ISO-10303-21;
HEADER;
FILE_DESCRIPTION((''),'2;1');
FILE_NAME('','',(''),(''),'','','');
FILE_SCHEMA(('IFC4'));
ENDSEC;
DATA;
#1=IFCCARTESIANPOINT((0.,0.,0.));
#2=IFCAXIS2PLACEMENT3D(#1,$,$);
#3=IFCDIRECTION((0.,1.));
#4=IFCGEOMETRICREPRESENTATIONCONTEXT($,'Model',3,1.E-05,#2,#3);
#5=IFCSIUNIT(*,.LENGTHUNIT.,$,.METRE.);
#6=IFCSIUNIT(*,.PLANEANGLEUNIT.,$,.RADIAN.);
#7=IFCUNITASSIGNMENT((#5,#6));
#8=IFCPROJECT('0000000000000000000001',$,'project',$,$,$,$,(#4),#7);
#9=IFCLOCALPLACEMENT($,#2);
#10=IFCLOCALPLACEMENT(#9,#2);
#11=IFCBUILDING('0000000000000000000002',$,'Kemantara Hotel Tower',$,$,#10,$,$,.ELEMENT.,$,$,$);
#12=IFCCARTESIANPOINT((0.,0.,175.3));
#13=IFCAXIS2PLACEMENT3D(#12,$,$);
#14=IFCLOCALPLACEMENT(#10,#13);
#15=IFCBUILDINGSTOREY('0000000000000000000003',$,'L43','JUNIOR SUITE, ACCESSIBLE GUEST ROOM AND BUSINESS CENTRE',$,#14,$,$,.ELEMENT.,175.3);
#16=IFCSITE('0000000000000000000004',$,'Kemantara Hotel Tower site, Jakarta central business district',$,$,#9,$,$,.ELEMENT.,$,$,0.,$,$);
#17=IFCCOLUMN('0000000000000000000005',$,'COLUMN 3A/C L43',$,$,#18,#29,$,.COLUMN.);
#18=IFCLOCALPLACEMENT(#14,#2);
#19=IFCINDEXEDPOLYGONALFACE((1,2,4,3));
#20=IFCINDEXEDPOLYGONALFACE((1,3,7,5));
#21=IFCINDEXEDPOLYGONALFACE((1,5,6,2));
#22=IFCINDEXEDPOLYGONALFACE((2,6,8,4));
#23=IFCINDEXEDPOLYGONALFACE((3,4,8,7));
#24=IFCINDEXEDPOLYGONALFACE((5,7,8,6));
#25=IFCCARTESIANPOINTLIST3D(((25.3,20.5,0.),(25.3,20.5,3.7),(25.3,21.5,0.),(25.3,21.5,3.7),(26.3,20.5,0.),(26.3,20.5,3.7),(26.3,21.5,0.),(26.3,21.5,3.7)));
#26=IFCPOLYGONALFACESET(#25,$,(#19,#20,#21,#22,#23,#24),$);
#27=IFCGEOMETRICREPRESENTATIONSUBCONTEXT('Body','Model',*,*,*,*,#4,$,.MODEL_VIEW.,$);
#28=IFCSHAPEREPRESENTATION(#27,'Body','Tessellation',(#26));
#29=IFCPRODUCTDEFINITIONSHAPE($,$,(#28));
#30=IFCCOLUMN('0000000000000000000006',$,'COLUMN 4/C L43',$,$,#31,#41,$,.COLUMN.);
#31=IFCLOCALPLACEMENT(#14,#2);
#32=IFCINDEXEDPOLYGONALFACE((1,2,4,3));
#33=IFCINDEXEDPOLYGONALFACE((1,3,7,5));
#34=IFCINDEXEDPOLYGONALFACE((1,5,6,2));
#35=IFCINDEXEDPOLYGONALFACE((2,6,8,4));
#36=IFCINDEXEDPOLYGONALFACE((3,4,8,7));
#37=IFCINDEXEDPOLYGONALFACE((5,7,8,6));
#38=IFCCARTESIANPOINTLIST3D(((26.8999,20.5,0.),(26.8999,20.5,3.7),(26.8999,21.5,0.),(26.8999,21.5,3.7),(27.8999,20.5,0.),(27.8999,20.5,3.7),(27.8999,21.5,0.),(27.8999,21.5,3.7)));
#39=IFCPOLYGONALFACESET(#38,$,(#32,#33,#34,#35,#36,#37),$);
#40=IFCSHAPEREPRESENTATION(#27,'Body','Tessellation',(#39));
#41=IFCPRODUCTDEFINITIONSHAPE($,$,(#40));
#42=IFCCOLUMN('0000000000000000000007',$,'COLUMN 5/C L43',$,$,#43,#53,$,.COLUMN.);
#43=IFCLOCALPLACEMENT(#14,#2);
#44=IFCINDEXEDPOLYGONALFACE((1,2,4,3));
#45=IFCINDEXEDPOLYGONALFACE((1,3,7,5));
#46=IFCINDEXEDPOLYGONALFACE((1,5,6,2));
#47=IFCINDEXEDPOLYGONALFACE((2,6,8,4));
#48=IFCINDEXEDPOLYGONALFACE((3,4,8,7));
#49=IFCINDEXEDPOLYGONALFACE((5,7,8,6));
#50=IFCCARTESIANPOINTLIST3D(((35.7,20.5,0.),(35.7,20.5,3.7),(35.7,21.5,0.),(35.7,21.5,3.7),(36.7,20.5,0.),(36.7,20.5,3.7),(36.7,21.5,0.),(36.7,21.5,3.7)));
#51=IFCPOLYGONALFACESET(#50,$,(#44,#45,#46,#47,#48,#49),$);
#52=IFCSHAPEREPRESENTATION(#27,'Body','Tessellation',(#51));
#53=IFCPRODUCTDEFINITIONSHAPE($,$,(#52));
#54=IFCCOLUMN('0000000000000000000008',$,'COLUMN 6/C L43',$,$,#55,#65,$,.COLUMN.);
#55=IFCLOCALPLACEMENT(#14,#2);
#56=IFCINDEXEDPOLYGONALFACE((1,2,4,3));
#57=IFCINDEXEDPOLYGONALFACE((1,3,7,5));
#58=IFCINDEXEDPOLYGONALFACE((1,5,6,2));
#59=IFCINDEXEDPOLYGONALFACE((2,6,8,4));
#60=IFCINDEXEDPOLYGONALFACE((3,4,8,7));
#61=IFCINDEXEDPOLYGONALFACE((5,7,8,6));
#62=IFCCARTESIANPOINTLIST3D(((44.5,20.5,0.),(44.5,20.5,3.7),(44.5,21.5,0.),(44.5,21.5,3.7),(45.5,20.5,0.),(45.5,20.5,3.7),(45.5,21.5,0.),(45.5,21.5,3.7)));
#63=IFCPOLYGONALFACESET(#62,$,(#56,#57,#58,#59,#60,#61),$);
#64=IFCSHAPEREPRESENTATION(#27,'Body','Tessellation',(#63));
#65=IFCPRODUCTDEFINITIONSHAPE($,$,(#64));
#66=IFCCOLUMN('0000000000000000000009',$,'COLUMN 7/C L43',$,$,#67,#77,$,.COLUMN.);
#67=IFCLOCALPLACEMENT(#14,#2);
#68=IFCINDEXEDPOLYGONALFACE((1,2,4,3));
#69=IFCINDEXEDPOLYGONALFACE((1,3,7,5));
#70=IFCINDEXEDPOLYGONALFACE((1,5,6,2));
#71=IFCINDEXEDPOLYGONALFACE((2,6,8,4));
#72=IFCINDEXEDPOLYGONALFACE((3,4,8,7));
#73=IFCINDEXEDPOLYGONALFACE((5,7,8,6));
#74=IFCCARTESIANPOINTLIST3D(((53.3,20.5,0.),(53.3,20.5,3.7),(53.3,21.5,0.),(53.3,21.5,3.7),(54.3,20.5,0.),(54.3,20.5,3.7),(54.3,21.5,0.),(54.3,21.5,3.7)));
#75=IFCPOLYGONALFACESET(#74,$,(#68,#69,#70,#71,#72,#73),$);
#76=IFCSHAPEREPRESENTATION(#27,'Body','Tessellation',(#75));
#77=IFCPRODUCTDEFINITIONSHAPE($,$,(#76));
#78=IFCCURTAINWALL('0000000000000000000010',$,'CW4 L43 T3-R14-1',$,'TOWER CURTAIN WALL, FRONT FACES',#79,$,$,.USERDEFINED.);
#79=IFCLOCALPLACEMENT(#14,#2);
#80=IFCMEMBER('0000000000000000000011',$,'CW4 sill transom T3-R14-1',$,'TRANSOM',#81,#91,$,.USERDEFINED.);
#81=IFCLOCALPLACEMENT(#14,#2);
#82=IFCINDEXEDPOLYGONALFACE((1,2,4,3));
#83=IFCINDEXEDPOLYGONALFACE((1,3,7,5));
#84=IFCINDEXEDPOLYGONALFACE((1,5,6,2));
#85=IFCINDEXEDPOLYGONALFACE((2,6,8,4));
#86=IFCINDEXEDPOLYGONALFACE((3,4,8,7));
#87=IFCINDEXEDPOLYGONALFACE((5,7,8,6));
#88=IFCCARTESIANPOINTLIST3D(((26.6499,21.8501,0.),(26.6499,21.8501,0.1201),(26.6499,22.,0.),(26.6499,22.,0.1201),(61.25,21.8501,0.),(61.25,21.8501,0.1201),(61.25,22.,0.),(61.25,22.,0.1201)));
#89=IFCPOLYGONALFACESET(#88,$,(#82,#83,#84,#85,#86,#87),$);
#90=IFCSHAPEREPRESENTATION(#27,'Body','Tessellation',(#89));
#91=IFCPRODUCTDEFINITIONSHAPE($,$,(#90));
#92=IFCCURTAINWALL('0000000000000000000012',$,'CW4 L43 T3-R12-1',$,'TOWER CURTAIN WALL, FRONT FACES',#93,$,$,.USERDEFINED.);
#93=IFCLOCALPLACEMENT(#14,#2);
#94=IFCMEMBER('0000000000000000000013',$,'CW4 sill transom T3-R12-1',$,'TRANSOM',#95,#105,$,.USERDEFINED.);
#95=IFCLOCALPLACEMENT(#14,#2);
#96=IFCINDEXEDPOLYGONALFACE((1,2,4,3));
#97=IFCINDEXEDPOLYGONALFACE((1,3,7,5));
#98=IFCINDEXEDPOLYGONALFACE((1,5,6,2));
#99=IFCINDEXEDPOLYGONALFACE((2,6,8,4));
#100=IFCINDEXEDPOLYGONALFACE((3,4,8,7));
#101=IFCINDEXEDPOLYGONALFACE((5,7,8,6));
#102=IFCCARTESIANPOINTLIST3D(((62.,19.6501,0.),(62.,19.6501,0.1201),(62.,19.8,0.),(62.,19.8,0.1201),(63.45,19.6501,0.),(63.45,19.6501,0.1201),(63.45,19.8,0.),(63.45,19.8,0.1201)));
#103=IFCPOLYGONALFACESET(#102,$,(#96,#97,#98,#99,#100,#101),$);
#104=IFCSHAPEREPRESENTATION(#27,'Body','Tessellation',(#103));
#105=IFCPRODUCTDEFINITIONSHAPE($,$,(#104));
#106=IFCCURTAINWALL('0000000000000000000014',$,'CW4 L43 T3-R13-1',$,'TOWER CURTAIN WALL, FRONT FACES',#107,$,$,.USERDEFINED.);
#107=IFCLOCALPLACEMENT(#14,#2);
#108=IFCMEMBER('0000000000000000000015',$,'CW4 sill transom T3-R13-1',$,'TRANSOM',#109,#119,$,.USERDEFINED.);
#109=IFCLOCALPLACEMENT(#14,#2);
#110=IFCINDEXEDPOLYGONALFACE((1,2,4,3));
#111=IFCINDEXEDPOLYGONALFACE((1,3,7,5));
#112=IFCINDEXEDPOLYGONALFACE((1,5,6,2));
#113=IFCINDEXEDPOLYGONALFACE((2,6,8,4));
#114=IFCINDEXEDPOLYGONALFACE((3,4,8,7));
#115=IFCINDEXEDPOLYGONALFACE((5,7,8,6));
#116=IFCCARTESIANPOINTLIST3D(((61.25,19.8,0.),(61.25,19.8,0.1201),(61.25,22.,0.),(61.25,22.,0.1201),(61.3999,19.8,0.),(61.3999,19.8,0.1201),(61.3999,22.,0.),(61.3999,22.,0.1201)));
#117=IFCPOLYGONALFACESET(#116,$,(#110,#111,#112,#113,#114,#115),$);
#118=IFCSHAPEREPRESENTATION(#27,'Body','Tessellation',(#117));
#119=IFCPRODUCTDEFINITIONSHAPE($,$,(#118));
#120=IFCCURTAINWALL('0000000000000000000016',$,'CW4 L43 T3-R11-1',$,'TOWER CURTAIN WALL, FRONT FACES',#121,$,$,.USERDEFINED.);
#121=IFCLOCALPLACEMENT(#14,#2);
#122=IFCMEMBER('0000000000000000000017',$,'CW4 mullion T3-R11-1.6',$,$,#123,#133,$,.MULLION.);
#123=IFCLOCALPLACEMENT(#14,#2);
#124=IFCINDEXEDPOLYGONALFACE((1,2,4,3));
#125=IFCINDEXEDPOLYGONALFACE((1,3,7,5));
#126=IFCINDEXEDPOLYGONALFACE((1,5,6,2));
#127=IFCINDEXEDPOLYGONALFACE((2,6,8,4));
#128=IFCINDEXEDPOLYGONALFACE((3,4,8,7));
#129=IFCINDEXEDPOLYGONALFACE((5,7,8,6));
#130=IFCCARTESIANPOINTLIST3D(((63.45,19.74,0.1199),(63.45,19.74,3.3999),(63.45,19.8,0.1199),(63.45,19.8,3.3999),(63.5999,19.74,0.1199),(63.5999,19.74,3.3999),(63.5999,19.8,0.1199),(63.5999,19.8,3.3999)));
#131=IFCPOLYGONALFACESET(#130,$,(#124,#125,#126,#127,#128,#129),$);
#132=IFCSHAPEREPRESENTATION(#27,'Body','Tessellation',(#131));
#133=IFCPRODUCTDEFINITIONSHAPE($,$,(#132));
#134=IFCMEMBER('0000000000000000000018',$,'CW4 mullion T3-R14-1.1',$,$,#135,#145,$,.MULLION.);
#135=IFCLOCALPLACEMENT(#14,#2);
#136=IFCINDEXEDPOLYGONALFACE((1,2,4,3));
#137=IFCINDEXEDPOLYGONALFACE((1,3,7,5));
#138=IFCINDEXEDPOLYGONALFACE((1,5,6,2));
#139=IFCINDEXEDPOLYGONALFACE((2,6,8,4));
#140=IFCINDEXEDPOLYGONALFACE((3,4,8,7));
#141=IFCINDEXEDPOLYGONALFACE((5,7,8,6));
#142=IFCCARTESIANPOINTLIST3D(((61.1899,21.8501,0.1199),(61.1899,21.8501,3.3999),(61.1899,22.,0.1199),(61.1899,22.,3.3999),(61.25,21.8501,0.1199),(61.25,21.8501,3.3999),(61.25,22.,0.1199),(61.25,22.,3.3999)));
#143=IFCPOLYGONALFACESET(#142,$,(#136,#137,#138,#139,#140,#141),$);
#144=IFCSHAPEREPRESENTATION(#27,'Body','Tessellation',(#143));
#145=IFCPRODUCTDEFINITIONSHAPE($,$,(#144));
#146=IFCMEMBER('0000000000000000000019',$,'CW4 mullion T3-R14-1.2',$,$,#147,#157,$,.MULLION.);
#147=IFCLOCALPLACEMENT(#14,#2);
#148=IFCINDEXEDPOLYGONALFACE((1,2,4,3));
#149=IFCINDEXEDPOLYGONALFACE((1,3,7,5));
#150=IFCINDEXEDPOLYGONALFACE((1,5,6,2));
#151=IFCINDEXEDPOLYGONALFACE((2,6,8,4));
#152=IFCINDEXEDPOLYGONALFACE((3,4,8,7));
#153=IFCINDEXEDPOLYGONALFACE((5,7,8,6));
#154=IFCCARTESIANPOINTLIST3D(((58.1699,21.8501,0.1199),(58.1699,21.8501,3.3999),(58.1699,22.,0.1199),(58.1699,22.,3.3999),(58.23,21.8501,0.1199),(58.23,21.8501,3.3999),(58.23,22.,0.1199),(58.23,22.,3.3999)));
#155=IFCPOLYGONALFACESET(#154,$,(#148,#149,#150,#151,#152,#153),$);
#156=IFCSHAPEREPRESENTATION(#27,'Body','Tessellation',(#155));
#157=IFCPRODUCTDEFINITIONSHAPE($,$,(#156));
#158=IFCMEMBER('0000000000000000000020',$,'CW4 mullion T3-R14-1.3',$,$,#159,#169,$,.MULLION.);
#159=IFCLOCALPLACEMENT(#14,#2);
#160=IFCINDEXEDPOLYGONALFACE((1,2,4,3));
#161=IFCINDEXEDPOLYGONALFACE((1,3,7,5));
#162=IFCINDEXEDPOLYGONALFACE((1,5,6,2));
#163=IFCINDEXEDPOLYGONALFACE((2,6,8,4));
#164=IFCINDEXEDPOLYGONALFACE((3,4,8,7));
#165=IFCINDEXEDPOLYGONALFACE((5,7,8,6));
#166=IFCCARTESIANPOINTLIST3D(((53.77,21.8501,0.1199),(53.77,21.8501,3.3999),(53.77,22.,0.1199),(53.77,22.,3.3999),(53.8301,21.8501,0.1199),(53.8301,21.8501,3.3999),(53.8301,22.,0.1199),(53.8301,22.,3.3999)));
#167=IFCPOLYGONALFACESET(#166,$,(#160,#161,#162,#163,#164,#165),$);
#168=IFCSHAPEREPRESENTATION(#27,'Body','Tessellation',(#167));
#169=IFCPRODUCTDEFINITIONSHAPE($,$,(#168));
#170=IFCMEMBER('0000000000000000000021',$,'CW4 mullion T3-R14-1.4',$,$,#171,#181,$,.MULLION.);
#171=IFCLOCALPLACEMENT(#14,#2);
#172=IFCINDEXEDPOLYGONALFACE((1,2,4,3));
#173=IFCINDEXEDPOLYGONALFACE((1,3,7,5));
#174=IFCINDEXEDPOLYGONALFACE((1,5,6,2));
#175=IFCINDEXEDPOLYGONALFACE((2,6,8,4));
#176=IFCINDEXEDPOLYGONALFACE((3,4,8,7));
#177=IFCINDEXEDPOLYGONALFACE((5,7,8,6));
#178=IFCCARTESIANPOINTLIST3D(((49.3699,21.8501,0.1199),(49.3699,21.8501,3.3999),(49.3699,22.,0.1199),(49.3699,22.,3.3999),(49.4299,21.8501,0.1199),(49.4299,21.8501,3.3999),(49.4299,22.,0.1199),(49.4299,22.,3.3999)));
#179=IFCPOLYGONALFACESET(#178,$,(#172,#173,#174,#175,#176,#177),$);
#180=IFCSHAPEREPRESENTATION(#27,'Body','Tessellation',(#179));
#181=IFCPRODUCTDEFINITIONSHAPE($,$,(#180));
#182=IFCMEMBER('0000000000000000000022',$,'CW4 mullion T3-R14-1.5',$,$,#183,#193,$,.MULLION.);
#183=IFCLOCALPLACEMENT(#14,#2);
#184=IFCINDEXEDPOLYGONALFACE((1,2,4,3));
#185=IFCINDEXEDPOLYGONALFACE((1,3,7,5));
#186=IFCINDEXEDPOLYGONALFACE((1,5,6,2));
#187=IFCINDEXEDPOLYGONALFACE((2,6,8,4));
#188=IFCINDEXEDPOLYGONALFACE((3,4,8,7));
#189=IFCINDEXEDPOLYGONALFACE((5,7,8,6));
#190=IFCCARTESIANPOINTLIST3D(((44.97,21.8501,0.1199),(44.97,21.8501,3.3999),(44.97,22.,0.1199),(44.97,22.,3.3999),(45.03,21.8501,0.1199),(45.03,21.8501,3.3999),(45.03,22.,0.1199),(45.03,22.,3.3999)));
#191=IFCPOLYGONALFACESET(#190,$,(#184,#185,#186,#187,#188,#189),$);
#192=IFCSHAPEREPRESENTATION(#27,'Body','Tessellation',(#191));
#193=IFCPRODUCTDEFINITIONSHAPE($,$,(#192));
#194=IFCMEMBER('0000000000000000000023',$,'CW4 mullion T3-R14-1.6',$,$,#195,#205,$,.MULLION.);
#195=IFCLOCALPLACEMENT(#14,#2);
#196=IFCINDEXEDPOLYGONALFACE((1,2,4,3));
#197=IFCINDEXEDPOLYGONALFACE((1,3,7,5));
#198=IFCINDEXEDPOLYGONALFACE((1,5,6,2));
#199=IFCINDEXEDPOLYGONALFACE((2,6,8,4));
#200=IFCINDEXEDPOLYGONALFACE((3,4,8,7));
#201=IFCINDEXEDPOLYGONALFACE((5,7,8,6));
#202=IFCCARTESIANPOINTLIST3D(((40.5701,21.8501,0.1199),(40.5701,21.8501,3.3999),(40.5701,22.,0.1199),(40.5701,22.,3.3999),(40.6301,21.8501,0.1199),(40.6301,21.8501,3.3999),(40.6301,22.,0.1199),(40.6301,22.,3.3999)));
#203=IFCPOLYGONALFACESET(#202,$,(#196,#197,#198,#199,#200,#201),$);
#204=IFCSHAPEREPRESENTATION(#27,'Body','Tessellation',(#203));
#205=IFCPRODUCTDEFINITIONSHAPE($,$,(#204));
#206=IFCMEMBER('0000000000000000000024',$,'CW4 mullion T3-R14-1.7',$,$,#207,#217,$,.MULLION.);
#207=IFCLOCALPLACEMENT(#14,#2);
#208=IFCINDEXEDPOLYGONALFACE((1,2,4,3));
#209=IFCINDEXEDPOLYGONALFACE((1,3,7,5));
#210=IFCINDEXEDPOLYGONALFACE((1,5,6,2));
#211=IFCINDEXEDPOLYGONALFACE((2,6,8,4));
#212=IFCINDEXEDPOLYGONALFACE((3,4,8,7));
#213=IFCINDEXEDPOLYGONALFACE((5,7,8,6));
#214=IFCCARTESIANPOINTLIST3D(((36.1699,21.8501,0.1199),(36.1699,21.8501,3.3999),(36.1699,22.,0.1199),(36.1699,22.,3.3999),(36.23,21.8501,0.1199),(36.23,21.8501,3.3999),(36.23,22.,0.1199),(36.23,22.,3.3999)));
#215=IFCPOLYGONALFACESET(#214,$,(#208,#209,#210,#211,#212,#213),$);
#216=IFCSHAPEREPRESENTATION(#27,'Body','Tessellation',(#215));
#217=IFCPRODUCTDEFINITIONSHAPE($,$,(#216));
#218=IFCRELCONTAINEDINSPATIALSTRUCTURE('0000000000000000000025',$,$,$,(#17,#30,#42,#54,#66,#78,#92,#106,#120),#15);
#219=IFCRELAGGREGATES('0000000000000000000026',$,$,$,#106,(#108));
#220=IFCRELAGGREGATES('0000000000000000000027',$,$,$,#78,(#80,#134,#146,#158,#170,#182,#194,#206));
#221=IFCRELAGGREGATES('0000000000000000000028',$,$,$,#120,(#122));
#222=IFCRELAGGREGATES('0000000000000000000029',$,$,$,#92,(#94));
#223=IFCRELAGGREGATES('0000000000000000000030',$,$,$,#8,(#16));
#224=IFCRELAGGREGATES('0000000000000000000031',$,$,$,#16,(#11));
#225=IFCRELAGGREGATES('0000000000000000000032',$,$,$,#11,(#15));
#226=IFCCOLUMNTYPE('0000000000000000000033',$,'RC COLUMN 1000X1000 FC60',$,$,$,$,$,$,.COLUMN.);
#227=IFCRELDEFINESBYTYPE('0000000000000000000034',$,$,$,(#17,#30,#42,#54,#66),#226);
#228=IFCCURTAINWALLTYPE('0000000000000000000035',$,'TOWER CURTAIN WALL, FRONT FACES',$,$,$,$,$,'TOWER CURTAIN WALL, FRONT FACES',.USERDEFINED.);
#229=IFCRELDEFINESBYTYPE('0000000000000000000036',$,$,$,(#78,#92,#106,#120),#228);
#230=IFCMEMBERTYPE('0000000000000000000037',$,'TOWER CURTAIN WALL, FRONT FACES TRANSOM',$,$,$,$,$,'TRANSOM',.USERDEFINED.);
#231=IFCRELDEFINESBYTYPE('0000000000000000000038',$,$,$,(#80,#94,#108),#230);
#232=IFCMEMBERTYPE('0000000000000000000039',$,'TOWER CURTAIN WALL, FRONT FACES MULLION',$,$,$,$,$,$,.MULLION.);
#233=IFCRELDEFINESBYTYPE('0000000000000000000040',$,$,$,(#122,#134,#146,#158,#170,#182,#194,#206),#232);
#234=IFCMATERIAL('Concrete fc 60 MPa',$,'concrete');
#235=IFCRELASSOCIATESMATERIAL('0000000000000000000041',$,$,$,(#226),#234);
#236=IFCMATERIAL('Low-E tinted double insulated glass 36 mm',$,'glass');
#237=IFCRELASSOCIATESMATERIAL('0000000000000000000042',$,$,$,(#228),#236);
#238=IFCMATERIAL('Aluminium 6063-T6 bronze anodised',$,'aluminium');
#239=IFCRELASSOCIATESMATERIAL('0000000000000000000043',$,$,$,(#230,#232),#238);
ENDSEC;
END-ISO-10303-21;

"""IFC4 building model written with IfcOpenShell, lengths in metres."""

from ifc_helpers import new_model, si_unit, direction, frame, origin, origin_2d, place, context, subcontext, project, spatial, rectangle, extrude, source, transform, mapped, material, material_profile, profile_set, type_object, element, aggregate, save


model = new_model("IFC4")

# Units and contexts
model_context = context("Model", 3, precision=1e-05, world=origin(), true_north=direction((0.0, 1.0)))
body_context = subcontext(model_context, "Body", "Model", "MODEL_VIEW")
ifc_project = project(units=[si_unit("LENGTHUNIT", "METRE"), si_unit("PLANEANGLEUNIT", "RADIAN")], contexts=[model_context])

# Site, building, storey
site_placement = place(None, origin())
site = spatial("IfcSite", under=ifc_project, at=site_placement, Name="Kemantara Hotel Tower site, Jakarta central business district", CompositionType="ELEMENT", RefElevation=0.0)
building_placement = place(site_placement, origin())
building = spatial("IfcBuilding", under=site, at=building_placement, Name="Kemantara Hotel Tower", CompositionType="ELEMENT")
storey_placement = place(building_placement, frame((0.0, 0.0, 175.3)))
storey = spatial("IfcBuildingStorey", under=building, at=storey_placement, Name="L43", Description="JUNIOR SUITE, ACCESSIBLE GUEST ROOM AND BUSINESS CENTRE", CompositionType="ELEMENT", Elevation=175.3)

# Columns
ifc_material_1 = material(Name="Concrete fc 60 MPa", Category="concrete")
ifc_material_profile_1 = material_profile(ifc_material_1, rectangle(XDim=1.0, YDim=1.0, at=origin_2d()), Name="RC 1000X1000")
ifc_profile_set_1 = profile_set([ifc_material_profile_1], Name="Concrete fc 60 MPa")
column_type = type_object("IfcColumnType", Name="RC COLUMN 1000X1000 FC60", PredefinedType="COLUMN", material=ifc_profile_set_1)
for number, where, z_axis, x_axis, name in (
    (1, (25.8, 21.0, 0.0), (0.0, 0.0, 1.0), (1.0, 0.0, 0.0), "COLUMN 3A/C L43"),
    (2, (27.3999, 21.0, 0.0), (0.0, 0.0, 1.0), (1.0, 0.0, 0.0), "COLUMN 4/C L43"),
    (3, (36.2, 21.0, 0.0), (0.0, 0.0, 1.0), (1.0, 0.0, 0.0), "COLUMN 5/C L43"),
    (4, (45.0, 21.0, 0.0), (0.0, 0.0, 1.0), (1.0, 0.0, 0.0), "COLUMN 6/C L43"),
    (5, (53.8, 21.0, 0.0), (0.0, 0.0, 1.0), (1.0, 0.0, 0.0), "COLUMN 7/C L43"),
):
    element("IfcColumn", number, at=place(storey_placement, frame(where, z_axis=z_axis, x_axis=x_axis)), inside=storey, type_object=column_type, Name=name, PredefinedType="COLUMN", context=body_context, shape_type="SweptSolid", body=[
        extrude(rectangle(XDim=1.0, YDim=1.0, at=origin_2d()), origin(), (0.0, 0.0, 1.0), 3.7),
    ])

# Curtain walls, members
ifc_material_2 = material(Name="Low-E tinted double insulated glass 36 mm", Category="glass")
curtain_wall_type = type_object("IfcCurtainWallType", Name="TOWER CURTAIN WALL, FRONT FACES", ElementType="TOWER CURTAIN WALL, FRONT FACES", PredefinedType="USERDEFINED", material=ifc_material_2)
curtain_wall_1_placement = place(storey_placement, origin())
curtain_wall_1 = element("IfcCurtainWall", 6, at=curtain_wall_1_placement, inside=storey, type_object=curtain_wall_type, Name="CW4 L43 T3-R14-1", ObjectType="TOWER CURTAIN WALL, FRONT FACES", PredefinedType="USERDEFINED")
ifc_material_3 = material(Name="Aluminium 6063-T6 bronze anodised", Category="aluminium")
ifc_material_profile_2 = material_profile(ifc_material_3, rectangle(XDim=0.1499, YDim=0.1201, at=origin_2d()), Name="TOWER CURTAIN WALL, FRONT FACES TRANSOM")
ifc_profile_set_2 = profile_set([ifc_material_profile_2], Name="Aluminium 6063-T6 bronze anodised")
member_type_1 = type_object("IfcMemberType", Name="TOWER CURTAIN WALL, FRONT FACES TRANSOM", ElementType="TRANSOM", PredefinedType="USERDEFINED", material=ifc_profile_set_2)
member_1_placement = place(storey_placement, frame((61.25, 21.925, 0.0601), z_axis=(-1.0, 0.0, 0.0), x_axis=(0.0, -1.0, 0.0)))
member_1 = element("IfcMember", 7, at=member_1_placement, type_object=member_type_1, Name="CW4 sill transom T3-R14-1", ObjectType="TRANSOM", PredefinedType="USERDEFINED", context=body_context, shape_type="SweptSolid", body=[
    extrude(rectangle(XDim=0.1499, YDim=0.1201, at=origin_2d()), origin(), (0.0, 0.0, 1.0), 34.6001),
])
curtain_wall_2_placement = place(storey_placement, origin())
curtain_wall_2 = element("IfcCurtainWall", 8, at=curtain_wall_2_placement, inside=storey, type_object=curtain_wall_type, Name="CW4 L43 T3-R12-1", ObjectType="TOWER CURTAIN WALL, FRONT FACES", PredefinedType="USERDEFINED")
member_2_placement = place(storey_placement, frame((63.45, 19.7251, 0.0601), z_axis=(-1.0, 0.0, 0.0), x_axis=(0.0, -1.0, 0.0)))
member_2 = element("IfcMember", 9, at=member_2_placement, type_object=member_type_1, Name="CW4 sill transom T3-R12-1", ObjectType="TRANSOM", PredefinedType="USERDEFINED", context=body_context, shape_type="SweptSolid", body=[
    extrude(rectangle(XDim=0.1499, YDim=0.1201, at=origin_2d()), origin(), (0.0, 0.0, 1.0), 1.45),
])
curtain_wall_3_placement = place(storey_placement, origin())
curtain_wall_3 = element("IfcCurtainWall", 10, at=curtain_wall_3_placement, inside=storey, type_object=curtain_wall_type, Name="CW4 L43 T3-R13-1", ObjectType="TOWER CURTAIN WALL, FRONT FACES", PredefinedType="USERDEFINED")
member_3_placement = place(storey_placement, frame((61.325, 19.8, 0.0601), z_axis=(0.0, 1.0, 0.0), x_axis=(-1.0, 0.0, 0.0)))
member_3 = element("IfcMember", 11, at=member_3_placement, type_object=member_type_1, Name="CW4 sill transom T3-R13-1", ObjectType="TRANSOM", PredefinedType="USERDEFINED", context=body_context, shape_type="SweptSolid", body=[
    extrude(rectangle(XDim=0.1499, YDim=0.1201, at=origin_2d()), origin(), (0.0, 0.0, 1.0), 2.2),
])
curtain_wall_4_placement = place(storey_placement, origin())
curtain_wall_4 = element("IfcCurtainWall", 12, at=curtain_wall_4_placement, inside=storey, type_object=curtain_wall_type, Name="CW4 L43 T3-R11-1", ObjectType="TOWER CURTAIN WALL, FRONT FACES", PredefinedType="USERDEFINED")
ifc_material_profile_3 = material_profile(ifc_material_3, rectangle(XDim=0.1499, YDim=0.0601, at=origin_2d()), Name="TOWER CURTAIN WALL, FRONT FACES MULLION")
ifc_profile_set_3 = profile_set([ifc_material_profile_3], Name="Aluminium 6063-T6 bronze anodised")
member_type_2 = type_object("IfcMemberType", Name="TOWER CURTAIN WALL, FRONT FACES MULLION", PredefinedType="MULLION", material=ifc_profile_set_3)
shared_shape_1 = source(origin(), body_context, "Body", "SweptSolid", [
    extrude(rectangle(XDim=0.1499, YDim=0.0601, at=origin_2d()), origin(), (0.0, 0.0, 1.0), 3.28),
])
member_4_placement = place(storey_placement, frame((63.5249, 19.77, 0.1199), z_axis=(0.0, 0.0, 1.0), x_axis=(-1.0, 0.0, 0.0)))
member_4 = element("IfcMember", 13, at=member_4_placement, type_object=member_type_2, Name="CW4 mullion T3-R11-1.6", PredefinedType="MULLION", context=body_context, shape_type="MappedRepresentation", body=[
    mapped(shared_shape_1, transform((0.0, 0.0, 0.0))),
])

# Members
member_5_placement = place(storey_placement, frame((61.22, 21.925, 0.1199), z_axis=(0.0, 0.0, 1.0), x_axis=(0.0, -1.0, 0.0)))
member_5 = element("IfcMember", 14, at=member_5_placement, type_object=member_type_2, Name="CW4 mullion T3-R14-1.1", PredefinedType="MULLION", context=body_context, shape_type="MappedRepresentation", body=[
    mapped(shared_shape_1, transform((0.0, 0.0, 0.0))),
])
member_6_placement = place(storey_placement, frame((58.2, 21.925, 0.1199), z_axis=(0.0, 0.0, 1.0), x_axis=(0.0, -1.0, 0.0)))
member_6 = element("IfcMember", 15, at=member_6_placement, type_object=member_type_2, Name="CW4 mullion T3-R14-1.2", PredefinedType="MULLION", context=body_context, shape_type="MappedRepresentation", body=[
    mapped(shared_shape_1, transform((0.0, 0.0, 0.0))),
])
member_7_placement = place(storey_placement, frame((53.8, 21.925, 0.1199), z_axis=(0.0, 0.0, 1.0), x_axis=(0.0, -1.0, 0.0)))
member_7 = element("IfcMember", 16, at=member_7_placement, type_object=member_type_2, Name="CW4 mullion T3-R14-1.3", PredefinedType="MULLION", context=body_context, shape_type="MappedRepresentation", body=[
    mapped(shared_shape_1, transform((0.0, 0.0, 0.0))),
])
member_8_placement = place(storey_placement, frame((49.3999, 21.925, 0.1199), z_axis=(0.0, 0.0, 1.0), x_axis=(0.0, -1.0, 0.0)))
member_8 = element("IfcMember", 17, at=member_8_placement, type_object=member_type_2, Name="CW4 mullion T3-R14-1.4", PredefinedType="MULLION", context=body_context, shape_type="MappedRepresentation", body=[
    mapped(shared_shape_1, transform((0.0, 0.0, 0.0))),
])
member_9_placement = place(storey_placement, frame((45.0, 21.925, 0.1199), z_axis=(0.0, 0.0, 1.0), x_axis=(0.0, -1.0, 0.0)))
member_9 = element("IfcMember", 18, at=member_9_placement, type_object=member_type_2, Name="CW4 mullion T3-R14-1.5", PredefinedType="MULLION", context=body_context, shape_type="MappedRepresentation", body=[
    mapped(shared_shape_1, transform((0.0, 0.0, 0.0))),
])
member_10_placement = place(storey_placement, frame((40.6001, 21.925, 0.1199), z_axis=(0.0, 0.0, 1.0), x_axis=(0.0, -1.0, 0.0)))
member_10 = element("IfcMember", 19, at=member_10_placement, type_object=member_type_2, Name="CW4 mullion T3-R14-1.6", PredefinedType="MULLION", context=body_context, shape_type="MappedRepresentation", body=[
    mapped(shared_shape_1, transform((0.0, 0.0, 0.0))),
])
member_11_placement = place(storey_placement, frame((36.2, 21.925, 0.1199), z_axis=(0.0, 0.0, 1.0), x_axis=(0.0, -1.0, 0.0)))
member_11 = element("IfcMember", 20, at=member_11_placement, type_object=member_type_2, Name="CW4 mullion T3-R14-1.7", PredefinedType="MULLION", context=body_context, shape_type="MappedRepresentation", body=[
    mapped(shared_shape_1, transform((0.0, 0.0, 0.0))),
])

aggregate(curtain_wall_3, [member_3])
aggregate(curtain_wall_1, [member_1, member_5, member_6, member_7, member_8, member_9, member_10, member_11])
aggregate(curtain_wall_4, [member_4])
aggregate(curtain_wall_2, [member_2])

save(model, "model.ifc")
